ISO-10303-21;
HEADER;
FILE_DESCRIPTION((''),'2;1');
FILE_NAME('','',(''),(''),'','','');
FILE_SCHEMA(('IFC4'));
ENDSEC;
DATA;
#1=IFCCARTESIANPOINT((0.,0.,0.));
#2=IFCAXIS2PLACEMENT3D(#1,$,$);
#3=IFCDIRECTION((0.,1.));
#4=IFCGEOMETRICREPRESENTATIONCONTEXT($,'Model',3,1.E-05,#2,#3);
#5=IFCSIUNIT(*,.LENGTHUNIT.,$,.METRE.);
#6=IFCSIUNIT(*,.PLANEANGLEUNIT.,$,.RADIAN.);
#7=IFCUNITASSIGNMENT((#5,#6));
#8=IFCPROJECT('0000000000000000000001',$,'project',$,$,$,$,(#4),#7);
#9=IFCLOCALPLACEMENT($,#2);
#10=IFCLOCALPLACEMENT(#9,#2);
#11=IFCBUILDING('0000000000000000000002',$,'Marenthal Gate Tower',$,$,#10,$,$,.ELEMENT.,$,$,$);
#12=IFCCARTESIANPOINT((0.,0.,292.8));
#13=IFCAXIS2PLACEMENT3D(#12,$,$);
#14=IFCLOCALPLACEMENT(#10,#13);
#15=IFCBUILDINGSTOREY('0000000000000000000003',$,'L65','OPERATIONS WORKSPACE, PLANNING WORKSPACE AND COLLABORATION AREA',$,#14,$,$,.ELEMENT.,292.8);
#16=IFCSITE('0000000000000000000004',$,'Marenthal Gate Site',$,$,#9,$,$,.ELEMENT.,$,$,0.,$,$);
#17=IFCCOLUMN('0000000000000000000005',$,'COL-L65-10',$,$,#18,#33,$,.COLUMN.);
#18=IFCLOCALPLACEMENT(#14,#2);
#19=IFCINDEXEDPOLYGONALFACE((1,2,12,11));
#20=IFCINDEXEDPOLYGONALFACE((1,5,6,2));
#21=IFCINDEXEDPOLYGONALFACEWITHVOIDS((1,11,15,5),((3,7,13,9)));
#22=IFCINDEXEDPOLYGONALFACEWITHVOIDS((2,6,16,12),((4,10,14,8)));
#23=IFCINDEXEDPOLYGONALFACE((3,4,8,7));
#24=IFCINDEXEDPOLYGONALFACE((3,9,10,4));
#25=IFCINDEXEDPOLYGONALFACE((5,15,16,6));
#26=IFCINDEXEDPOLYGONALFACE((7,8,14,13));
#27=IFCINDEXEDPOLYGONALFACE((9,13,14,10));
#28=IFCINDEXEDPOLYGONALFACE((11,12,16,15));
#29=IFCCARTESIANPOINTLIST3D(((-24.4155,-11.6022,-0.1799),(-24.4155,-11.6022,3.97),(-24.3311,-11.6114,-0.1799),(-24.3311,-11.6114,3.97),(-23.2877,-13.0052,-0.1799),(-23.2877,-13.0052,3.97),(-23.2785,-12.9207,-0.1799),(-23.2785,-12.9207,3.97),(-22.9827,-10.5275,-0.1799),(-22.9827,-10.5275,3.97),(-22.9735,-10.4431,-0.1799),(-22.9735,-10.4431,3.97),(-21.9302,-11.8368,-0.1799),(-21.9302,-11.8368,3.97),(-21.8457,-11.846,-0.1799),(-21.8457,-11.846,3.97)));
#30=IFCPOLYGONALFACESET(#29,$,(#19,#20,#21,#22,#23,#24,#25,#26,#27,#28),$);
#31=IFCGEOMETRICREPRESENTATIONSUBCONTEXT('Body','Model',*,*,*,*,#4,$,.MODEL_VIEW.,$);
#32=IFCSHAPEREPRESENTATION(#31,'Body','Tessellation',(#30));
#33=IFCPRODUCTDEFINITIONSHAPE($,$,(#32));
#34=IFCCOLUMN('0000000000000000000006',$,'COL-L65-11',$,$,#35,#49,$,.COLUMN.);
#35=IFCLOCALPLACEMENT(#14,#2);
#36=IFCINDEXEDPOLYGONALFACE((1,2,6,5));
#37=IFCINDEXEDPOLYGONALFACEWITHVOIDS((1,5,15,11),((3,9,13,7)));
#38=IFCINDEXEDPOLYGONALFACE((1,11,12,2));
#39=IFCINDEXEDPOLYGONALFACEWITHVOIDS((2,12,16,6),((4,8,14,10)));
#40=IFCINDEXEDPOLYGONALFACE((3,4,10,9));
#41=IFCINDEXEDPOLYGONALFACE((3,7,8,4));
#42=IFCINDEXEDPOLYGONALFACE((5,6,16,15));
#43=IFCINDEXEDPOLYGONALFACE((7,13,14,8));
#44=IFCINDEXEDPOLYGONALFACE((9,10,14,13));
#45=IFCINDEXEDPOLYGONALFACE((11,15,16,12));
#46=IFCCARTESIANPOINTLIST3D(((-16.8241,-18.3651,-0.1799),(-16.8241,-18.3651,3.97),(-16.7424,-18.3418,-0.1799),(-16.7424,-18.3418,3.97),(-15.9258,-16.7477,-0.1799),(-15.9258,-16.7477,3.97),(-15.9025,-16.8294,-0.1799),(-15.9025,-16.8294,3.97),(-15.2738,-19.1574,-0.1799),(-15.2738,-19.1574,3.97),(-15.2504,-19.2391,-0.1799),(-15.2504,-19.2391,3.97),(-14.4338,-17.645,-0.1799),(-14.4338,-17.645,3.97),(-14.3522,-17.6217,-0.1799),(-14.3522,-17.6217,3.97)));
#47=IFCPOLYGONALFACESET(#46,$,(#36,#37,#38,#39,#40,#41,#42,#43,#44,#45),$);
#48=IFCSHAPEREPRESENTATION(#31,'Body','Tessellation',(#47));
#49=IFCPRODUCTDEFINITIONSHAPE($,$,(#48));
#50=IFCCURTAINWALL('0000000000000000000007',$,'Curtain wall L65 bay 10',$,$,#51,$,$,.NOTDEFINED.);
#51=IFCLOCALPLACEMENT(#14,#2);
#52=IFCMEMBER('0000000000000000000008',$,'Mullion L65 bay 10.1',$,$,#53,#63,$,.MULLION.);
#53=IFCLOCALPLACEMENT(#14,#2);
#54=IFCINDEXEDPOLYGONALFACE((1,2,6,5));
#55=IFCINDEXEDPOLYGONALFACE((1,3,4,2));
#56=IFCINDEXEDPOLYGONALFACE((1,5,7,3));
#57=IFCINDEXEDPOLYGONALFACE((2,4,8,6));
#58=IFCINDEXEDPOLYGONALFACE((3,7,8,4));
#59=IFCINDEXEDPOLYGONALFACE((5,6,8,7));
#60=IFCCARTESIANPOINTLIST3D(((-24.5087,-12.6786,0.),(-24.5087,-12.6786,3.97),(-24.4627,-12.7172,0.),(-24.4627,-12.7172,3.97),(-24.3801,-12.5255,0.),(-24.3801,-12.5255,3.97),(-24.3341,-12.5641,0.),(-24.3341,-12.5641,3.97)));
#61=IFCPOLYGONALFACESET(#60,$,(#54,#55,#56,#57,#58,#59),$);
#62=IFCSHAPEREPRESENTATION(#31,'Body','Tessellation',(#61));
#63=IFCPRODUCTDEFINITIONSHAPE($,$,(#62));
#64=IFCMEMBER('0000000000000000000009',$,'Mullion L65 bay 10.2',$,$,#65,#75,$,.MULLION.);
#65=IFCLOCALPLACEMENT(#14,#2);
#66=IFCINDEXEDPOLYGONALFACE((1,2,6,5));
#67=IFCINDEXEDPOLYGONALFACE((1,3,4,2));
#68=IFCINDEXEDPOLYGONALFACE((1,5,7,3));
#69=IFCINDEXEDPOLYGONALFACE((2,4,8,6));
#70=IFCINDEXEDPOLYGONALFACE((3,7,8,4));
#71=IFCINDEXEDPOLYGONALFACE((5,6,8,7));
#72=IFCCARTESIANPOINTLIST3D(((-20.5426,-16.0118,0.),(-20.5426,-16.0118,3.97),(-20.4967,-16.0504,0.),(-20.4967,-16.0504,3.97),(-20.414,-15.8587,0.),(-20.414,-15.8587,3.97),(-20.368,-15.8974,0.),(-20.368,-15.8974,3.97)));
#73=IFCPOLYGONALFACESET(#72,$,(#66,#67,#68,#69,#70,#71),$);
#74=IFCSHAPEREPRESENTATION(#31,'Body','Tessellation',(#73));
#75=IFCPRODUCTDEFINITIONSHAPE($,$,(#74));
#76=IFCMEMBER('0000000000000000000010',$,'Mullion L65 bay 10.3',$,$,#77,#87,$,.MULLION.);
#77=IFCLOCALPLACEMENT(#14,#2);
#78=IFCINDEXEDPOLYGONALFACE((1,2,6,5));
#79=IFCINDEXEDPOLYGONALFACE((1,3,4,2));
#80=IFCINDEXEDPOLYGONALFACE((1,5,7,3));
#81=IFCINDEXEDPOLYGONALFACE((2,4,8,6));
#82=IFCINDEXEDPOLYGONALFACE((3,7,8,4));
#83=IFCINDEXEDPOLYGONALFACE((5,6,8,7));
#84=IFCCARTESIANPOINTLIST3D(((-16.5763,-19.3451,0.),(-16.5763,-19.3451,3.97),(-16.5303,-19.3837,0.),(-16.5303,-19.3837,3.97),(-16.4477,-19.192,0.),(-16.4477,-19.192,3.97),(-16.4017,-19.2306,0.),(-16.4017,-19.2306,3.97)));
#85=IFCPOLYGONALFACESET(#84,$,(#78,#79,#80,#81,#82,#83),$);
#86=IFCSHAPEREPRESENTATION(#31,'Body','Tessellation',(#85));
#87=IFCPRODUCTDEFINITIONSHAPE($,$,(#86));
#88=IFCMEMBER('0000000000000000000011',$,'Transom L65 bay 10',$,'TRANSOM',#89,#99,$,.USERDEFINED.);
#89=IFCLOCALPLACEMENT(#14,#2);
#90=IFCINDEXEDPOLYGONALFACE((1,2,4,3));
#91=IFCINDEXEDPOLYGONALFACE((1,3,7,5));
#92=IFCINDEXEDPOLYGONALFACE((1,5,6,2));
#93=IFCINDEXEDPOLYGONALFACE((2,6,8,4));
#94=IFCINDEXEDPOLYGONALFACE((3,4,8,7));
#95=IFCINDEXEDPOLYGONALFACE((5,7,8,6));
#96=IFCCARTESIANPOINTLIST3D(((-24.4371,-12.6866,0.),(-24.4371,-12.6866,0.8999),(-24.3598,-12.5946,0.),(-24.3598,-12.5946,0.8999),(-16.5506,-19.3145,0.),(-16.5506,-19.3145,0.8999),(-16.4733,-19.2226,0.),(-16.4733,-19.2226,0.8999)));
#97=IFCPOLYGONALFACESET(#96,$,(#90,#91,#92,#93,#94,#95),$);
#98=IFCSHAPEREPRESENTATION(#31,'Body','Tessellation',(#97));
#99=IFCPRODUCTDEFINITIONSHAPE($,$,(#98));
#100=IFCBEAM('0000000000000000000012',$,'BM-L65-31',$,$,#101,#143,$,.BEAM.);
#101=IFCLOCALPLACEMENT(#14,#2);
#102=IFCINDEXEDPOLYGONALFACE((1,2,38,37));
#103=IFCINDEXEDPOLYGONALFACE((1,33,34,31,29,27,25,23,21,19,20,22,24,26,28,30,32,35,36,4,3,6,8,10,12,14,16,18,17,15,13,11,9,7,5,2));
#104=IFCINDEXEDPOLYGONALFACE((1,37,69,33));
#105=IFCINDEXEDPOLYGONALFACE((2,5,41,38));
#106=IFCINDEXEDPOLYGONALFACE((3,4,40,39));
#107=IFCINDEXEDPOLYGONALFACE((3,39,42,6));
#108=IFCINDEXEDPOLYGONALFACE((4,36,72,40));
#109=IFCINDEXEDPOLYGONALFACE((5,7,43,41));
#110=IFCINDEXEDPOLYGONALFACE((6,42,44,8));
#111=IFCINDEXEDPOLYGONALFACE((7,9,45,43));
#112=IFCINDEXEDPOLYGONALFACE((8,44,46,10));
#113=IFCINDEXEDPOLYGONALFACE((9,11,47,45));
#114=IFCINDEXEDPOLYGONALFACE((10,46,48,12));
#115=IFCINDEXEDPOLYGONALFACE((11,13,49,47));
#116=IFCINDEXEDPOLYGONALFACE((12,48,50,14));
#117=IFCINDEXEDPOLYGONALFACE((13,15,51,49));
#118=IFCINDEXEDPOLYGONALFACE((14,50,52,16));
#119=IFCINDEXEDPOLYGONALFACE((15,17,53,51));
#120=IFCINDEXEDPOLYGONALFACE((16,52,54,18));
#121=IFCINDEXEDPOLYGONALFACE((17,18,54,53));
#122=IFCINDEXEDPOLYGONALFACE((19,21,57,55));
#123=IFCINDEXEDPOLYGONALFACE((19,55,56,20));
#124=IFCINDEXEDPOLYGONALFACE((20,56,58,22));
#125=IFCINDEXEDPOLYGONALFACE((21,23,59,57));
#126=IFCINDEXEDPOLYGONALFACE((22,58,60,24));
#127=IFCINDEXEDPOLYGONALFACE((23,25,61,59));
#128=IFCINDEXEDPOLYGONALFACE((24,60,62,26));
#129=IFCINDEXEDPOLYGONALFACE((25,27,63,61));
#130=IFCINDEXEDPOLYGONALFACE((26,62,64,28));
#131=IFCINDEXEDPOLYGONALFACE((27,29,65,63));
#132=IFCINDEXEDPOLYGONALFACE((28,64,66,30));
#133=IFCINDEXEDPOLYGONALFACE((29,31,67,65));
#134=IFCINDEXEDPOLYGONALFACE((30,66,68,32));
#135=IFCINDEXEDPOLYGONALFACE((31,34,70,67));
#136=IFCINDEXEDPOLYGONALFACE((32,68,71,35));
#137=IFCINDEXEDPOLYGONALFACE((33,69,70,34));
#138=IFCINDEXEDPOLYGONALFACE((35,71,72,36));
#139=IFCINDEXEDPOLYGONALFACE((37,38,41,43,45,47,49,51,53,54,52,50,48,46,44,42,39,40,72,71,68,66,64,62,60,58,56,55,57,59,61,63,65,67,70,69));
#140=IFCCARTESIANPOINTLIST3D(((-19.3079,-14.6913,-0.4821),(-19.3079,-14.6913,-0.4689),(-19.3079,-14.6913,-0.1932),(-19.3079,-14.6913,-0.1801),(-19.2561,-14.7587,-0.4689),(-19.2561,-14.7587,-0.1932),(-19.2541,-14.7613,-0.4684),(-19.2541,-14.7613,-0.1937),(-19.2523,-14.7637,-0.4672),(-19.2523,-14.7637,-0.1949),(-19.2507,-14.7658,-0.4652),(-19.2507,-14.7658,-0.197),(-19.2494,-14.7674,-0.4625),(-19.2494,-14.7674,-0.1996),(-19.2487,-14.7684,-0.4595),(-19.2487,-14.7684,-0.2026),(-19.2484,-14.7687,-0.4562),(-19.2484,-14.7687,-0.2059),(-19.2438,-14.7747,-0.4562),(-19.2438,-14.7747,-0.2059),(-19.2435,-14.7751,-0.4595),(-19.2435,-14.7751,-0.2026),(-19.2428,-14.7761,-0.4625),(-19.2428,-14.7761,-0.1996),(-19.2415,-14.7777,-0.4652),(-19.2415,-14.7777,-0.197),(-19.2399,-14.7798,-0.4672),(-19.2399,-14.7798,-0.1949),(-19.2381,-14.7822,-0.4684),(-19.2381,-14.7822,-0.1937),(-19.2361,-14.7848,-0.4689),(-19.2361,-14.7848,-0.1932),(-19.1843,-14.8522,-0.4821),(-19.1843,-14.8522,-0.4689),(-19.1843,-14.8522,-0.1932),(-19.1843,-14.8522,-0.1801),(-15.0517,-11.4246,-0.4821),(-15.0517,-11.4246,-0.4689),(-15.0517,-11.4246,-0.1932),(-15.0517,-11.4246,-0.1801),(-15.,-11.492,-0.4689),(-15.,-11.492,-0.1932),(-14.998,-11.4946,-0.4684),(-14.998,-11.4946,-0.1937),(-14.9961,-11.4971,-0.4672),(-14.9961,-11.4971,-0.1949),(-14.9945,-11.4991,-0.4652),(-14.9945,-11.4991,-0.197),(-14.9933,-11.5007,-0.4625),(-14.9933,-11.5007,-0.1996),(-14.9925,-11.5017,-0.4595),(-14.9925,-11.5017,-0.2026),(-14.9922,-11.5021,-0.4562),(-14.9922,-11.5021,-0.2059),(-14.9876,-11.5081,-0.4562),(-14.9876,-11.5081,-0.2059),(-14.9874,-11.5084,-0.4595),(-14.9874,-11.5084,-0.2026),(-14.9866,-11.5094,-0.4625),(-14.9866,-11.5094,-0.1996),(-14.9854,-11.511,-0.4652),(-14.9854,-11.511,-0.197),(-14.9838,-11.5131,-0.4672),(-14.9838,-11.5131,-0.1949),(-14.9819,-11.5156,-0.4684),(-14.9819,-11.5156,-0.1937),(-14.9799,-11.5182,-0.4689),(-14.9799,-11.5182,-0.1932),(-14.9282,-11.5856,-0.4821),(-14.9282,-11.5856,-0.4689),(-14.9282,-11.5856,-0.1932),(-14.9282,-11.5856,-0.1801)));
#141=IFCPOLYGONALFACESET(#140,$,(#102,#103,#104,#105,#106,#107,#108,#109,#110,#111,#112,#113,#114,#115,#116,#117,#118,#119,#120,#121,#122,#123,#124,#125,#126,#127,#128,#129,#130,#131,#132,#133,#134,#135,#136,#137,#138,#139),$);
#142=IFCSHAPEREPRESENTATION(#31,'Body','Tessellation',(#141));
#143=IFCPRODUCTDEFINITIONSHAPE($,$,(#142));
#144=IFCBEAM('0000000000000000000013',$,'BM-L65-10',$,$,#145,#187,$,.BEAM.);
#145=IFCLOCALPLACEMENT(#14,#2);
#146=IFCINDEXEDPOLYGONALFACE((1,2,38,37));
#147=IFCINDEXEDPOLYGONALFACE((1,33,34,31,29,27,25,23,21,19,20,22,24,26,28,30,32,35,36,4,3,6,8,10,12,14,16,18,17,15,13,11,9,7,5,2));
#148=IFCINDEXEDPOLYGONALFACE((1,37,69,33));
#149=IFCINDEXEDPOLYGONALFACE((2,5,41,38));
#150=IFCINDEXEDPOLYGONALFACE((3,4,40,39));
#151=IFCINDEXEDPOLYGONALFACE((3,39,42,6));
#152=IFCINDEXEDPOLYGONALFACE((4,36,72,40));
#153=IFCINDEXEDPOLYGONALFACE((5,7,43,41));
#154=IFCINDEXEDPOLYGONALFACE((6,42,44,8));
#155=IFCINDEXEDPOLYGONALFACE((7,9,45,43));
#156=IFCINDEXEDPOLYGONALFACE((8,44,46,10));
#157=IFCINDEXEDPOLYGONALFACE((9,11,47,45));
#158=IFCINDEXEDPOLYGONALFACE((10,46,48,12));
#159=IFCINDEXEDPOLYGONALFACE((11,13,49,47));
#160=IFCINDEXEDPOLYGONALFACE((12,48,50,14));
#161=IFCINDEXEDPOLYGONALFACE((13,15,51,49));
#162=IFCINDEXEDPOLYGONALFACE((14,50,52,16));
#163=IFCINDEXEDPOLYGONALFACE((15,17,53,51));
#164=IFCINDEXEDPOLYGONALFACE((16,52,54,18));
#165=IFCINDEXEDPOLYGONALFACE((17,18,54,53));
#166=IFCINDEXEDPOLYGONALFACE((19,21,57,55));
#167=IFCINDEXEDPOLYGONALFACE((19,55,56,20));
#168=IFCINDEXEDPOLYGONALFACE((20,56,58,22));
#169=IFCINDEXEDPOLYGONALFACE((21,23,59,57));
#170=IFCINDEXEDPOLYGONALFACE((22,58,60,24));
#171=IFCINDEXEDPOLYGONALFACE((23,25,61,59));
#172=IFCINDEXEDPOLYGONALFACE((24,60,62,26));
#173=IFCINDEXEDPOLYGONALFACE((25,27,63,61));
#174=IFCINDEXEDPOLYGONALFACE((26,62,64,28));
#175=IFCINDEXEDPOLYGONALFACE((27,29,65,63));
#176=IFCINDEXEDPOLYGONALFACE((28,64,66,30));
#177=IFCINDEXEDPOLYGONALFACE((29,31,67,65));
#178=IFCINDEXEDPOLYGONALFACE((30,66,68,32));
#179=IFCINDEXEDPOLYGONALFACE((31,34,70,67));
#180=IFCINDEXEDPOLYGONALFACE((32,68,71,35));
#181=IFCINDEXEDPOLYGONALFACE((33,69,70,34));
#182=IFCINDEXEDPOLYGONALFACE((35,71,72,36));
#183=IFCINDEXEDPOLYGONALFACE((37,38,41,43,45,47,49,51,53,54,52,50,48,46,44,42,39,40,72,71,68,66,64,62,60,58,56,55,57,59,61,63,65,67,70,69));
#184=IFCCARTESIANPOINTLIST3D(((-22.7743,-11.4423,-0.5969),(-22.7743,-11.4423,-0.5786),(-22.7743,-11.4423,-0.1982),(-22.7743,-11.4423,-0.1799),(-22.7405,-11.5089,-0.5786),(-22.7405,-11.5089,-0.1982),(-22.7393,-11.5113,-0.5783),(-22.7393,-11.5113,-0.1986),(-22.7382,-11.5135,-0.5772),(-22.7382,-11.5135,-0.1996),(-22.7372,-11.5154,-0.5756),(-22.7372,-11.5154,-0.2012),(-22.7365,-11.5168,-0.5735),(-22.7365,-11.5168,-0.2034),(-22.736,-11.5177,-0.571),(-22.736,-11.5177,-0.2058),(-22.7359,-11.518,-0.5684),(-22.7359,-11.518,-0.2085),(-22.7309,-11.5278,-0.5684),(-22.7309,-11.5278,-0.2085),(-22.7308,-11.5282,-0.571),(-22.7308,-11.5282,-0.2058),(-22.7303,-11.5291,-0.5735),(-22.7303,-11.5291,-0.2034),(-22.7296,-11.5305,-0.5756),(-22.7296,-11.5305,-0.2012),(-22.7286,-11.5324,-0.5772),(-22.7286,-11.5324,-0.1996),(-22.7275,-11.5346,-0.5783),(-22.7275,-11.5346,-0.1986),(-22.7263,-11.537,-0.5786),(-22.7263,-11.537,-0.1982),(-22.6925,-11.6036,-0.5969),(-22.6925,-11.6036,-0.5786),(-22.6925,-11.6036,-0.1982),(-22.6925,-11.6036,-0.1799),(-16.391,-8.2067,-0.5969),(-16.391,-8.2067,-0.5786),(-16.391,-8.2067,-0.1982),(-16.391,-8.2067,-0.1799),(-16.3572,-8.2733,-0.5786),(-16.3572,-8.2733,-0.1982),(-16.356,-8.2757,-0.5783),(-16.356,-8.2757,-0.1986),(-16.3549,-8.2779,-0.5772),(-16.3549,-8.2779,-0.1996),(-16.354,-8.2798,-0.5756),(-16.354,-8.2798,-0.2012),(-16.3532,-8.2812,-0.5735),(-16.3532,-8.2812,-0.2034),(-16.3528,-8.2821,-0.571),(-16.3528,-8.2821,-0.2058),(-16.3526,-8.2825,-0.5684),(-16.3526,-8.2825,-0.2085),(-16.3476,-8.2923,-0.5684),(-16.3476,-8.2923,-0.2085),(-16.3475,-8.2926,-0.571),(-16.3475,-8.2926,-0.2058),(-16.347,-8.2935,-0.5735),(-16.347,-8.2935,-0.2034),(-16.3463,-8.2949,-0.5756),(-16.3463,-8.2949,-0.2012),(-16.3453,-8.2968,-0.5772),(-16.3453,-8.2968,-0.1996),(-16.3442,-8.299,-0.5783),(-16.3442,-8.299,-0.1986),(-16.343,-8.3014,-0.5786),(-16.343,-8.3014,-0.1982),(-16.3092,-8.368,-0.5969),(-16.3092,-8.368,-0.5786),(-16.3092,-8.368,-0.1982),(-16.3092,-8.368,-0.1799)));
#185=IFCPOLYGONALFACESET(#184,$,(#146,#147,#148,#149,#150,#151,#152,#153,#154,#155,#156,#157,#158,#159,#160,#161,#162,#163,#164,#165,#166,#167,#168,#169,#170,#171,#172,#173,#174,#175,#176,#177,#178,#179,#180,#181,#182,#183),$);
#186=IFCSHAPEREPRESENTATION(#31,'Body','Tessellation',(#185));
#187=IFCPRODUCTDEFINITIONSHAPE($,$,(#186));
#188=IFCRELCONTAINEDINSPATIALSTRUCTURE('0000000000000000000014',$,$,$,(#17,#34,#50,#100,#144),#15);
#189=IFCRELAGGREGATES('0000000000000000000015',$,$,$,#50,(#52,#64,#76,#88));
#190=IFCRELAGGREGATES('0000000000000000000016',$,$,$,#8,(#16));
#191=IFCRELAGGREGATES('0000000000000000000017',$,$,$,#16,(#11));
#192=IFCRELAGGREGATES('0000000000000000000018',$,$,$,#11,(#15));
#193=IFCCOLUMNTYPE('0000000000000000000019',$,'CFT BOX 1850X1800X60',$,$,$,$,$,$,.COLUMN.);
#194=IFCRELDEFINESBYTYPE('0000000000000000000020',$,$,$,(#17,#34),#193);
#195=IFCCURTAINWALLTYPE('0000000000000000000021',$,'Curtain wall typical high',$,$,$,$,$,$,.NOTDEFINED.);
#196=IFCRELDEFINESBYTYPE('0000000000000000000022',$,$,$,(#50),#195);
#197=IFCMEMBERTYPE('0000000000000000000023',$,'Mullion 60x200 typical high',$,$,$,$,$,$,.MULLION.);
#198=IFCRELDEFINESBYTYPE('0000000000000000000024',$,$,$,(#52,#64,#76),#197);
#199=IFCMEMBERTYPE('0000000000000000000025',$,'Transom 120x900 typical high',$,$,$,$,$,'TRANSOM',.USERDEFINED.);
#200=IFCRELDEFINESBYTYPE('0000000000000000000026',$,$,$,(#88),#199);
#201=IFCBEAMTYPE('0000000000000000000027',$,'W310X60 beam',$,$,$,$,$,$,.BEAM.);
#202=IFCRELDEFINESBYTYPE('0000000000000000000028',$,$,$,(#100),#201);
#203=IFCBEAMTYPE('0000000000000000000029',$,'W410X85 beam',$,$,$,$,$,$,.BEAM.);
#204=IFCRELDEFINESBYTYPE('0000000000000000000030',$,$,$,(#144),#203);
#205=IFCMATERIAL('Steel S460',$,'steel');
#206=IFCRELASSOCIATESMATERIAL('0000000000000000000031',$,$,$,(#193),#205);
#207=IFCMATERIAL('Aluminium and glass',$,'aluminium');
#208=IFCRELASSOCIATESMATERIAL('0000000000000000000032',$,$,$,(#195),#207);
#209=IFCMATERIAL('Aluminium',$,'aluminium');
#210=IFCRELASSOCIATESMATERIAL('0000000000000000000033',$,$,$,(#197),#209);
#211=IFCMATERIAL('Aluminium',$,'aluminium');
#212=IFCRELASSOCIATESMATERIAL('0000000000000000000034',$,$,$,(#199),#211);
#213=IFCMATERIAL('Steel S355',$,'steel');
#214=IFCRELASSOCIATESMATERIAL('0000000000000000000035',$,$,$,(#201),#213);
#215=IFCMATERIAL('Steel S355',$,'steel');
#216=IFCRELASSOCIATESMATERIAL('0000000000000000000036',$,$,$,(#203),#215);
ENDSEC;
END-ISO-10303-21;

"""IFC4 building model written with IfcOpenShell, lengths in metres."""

from ifc_helpers import new_model, si_unit, direction, frame, origin, origin_2d, place, context, subcontext, project, spatial, rectangle, hollow_rectangle, i_section, extrude, material, material_profile, profile_set, type_object, element, aggregate, save


model = new_model("IFC4")

# Units and contexts
model_context = context("Model", 3, precision=1e-05, world=origin(), true_north=direction((0.0, 1.0)))
body_context = subcontext(model_context, "Body", "Model", "MODEL_VIEW")
ifc_project = project(units=[si_unit("LENGTHUNIT", "METRE"), si_unit("PLANEANGLEUNIT", "RADIAN")], contexts=[model_context])

# Site, building, storey
site_placement = place(None, origin())
site = spatial("IfcSite", under=ifc_project, at=site_placement, Name="Marenthal Gate Site", CompositionType="ELEMENT", RefElevation=0.0)
building_placement = place(site_placement, origin())
building = spatial("IfcBuilding", under=site, at=building_placement, Name="Marenthal Gate Tower", CompositionType="ELEMENT")
storey_placement = place(building_placement, frame((0.0, 0.0, 292.8)))
storey = spatial("IfcBuildingStorey", under=building, at=storey_placement, Name="L65", Description="OPERATIONS WORKSPACE, PLANNING WORKSPACE AND COLLABORATION AREA", CompositionType="ELEMENT", Elevation=292.8)

# Columns
ifc_material_1 = material(Name="Steel S460", Category="steel")
ifc_material_profile_1 = material_profile(ifc_material_1, hollow_rectangle(XDim=1.8, YDim=1.8501, WallThickness=0.0601, at=origin_2d()), Name="CFT BOX 1850X1800X60")
ifc_material_2 = material(Name="Concrete 70 MPa", Category="concrete")
ifc_material_profile_2 = material_profile(ifc_material_2, rectangle(XDim=1.6799, YDim=1.73, at=origin_2d()), Name="CFT BOX 1850X1800X60 INFILL")
ifc_profile_set_1 = profile_set([ifc_material_profile_1, ifc_material_profile_2], Name="Steel S460 shell, Concrete 70 MPa infill")
column_type = type_object("IfcColumnType", Name="CFT BOX 1850X1800X60", PredefinedType="COLUMN", material=ifc_profile_set_1)
for number, where, z_axis, x_axis, name in (
    (1, (-23.1306, -11.7241, -0.1799), (0.0, 0.0, 1.0), (-0.62654, 0.779389, 0.0), "COL-L65-10"),
    (2, (-15.5881, -17.9934, -0.1799), (0.0, 0.0, 1.0), (-0.874222, 0.485527, 0.0), "COL-L65-11"),
):
    element("IfcColumn", number, at=place(storey_placement, frame(where, z_axis=z_axis, x_axis=x_axis)), inside=storey, type_object=column_type, Name=name, PredefinedType="COLUMN", context=body_context, shape_type="SweptSolid", body=[
        extrude(hollow_rectangle(XDim=1.8, YDim=1.8501, WallThickness=0.0601, at=origin_2d()), origin(), (0.0, 0.0, 1.0), 4.1499),
    ])

# Curtain wall, members
ifc_material_3 = material(Name="Aluminium and glass", Category="aluminium")
curtain_wall_type = type_object("IfcCurtainWallType", Name="Curtain wall typical high", PredefinedType="NOTDEFINED", material=ifc_material_3)
curtain_wall_placement = place(storey_placement, origin())
curtain_wall = element("IfcCurtainWall", 3, at=curtain_wall_placement, inside=storey, type_object=curtain_wall_type, Name="Curtain wall L65 bay 10", PredefinedType="NOTDEFINED")
ifc_material_4 = material(Name="Aluminium", Category="aluminium")
ifc_material_profile_3 = material_profile(ifc_material_4, rectangle(XDim=0.2, YDim=0.0601, at=origin_2d()), Name="60x200 aluminium mullion")
ifc_profile_set_2 = profile_set([ifc_material_profile_3], Name="Aluminium")
member_type_1 = type_object("IfcMemberType", Name="Mullion 60x200 typical high", PredefinedType="MULLION", material=ifc_profile_set_2)
member_1_placement = place(storey_placement, frame((-24.4214, -12.6213, 0.0), z_axis=(0.0, 0.0, 1.0), x_axis=(0.64338, 0.765547, 0.0)))
member_1 = element("IfcMember", 4, at=member_1_placement, type_object=member_type_1, Name="Mullion L65 bay 10.1", PredefinedType="MULLION", context=body_context, shape_type="SweptSolid", body=[
    extrude(rectangle(XDim=0.2, YDim=0.0601, at=origin_2d()), origin(), (0.0, 0.0, 1.0), 3.97),
])
member_2_placement = place(storey_placement, frame((-20.4553, -15.9546, 0.0), z_axis=(0.0, 0.0, 1.0), x_axis=(0.64338, 0.765547, 0.0)))
member_2 = element("IfcMember", 5, at=member_2_placement, type_object=member_type_1, Name="Mullion L65 bay 10.2", PredefinedType="MULLION", context=body_context, shape_type="SweptSolid", body=[
    extrude(rectangle(XDim=0.2, YDim=0.0601, at=origin_2d()), origin(), (0.0, 0.0, 1.0), 3.97),
])
member_3_placement = place(storey_placement, frame((-16.489, -19.2878, 0.0), z_axis=(0.0, 0.0, 1.0), x_axis=(0.64338, 0.765547, 0.0)))
member_3 = element("IfcMember", 6, at=member_3_placement, type_object=member_type_1, Name="Mullion L65 bay 10.3", PredefinedType="MULLION", context=body_context, shape_type="SweptSolid", body=[
    extrude(rectangle(XDim=0.2, YDim=0.0601, at=origin_2d()), origin(), (0.0, 0.0, 1.0), 3.97),
])
ifc_material_5 = material(Name="Aluminium", Category="aluminium")
ifc_material_profile_4 = material_profile(ifc_material_5, rectangle(XDim=0.1201, YDim=0.8999, at=origin_2d()), Name="120x900 aluminium transom")
ifc_profile_set_3 = profile_set([ifc_material_profile_4], Name="Aluminium")
member_type_2 = type_object("IfcMemberType", Name="Transom 120x900 typical high", ElementType="TRANSOM", PredefinedType="USERDEFINED", material=ifc_profile_set_3)
member_4_placement = place(storey_placement, frame((-24.3984, -12.6406, 0.45), z_axis=(0.765548, -0.643379, 0.0), x_axis=(0.643379, 0.765548, 0.0)))
member_4 = element("IfcMember", 7, at=member_4_placement, type_object=member_type_2, Name="Transom L65 bay 10", ObjectType="TRANSOM", PredefinedType="USERDEFINED", context=body_context, shape_type="SweptSolid", body=[
    extrude(rectangle(XDim=0.1201, YDim=0.8999, at=origin_2d()), origin(), (0.0, 0.0, 1.0), 10.3018),
])

# Beams
ifc_material_6 = material(Name="Steel S355", Category="steel")
ifc_material_profile_5 = material_profile(ifc_material_6, i_section(OverallWidth=0.2029, OverallDepth=0.302, WebThickness=0.0076, FlangeThickness=0.0132, FilletRadius=0.0127, at=origin_2d()), Name="W310X60")
ifc_profile_set_4 = profile_set([ifc_material_profile_5], Name="Steel S355")
beam_type_1 = type_object("IfcBeamType", Name="W310X60 beam", PredefinedType="BEAM", material=ifc_profile_set_4)
beam_1_placement = place(storey_placement, frame((-19.2461, -14.7717, -0.3311), z_axis=(0.793283, 0.608853, 0.0), x_axis=(-0.608853, 0.793283, 0.0)))
element("IfcBeam", 8, at=beam_1_placement, inside=storey, type_object=beam_type_1, Name="BM-L65-31", PredefinedType="BEAM", context=body_context, shape_type="SweptSolid", body=[
    extrude(i_section(OverallWidth=0.2029, OverallDepth=0.302, WebThickness=0.0076, FlangeThickness=0.0132, FilletRadius=0.0127, at=origin_2d()), origin(), (0.0, 0.0, 1.0), 5.3652),
])
ifc_material_7 = material(Name="Steel S355", Category="steel")
ifc_material_profile_6 = material_profile(ifc_material_7, i_section(OverallWidth=0.1809, OverallDepth=0.417, WebThickness=0.011, FlangeThickness=0.0183, FilletRadius=0.0103, at=origin_2d()), Name="W410X85")
ifc_profile_set_5 = profile_set([ifc_material_profile_6], Name="Steel S355")
beam_type_2 = type_object("IfcBeamType", Name="W410X85 beam", PredefinedType="BEAM", material=ifc_profile_set_5)
beam_2_placement = place(storey_placement, frame((-22.7334, -11.5229, -0.3884), z_axis=(0.891957, 0.452119, 0.0), x_axis=(-0.452119, 0.891957, 0.0)))
element("IfcBeam", 9, at=beam_2_placement, inside=storey, type_object=beam_type_2, Name="BM-L65-10", PredefinedType="BEAM", context=body_context, shape_type="SweptSolid", body=[
    extrude(i_section(OverallWidth=0.1809, OverallDepth=0.417, WebThickness=0.011, FlangeThickness=0.0183, FilletRadius=0.0103, at=origin_2d()), origin(), (0.0, 0.0, 1.0), 7.1565),
])

aggregate(curtain_wall, [member_1, member_2, member_3, member_4])

save(model, "model.ifc")
